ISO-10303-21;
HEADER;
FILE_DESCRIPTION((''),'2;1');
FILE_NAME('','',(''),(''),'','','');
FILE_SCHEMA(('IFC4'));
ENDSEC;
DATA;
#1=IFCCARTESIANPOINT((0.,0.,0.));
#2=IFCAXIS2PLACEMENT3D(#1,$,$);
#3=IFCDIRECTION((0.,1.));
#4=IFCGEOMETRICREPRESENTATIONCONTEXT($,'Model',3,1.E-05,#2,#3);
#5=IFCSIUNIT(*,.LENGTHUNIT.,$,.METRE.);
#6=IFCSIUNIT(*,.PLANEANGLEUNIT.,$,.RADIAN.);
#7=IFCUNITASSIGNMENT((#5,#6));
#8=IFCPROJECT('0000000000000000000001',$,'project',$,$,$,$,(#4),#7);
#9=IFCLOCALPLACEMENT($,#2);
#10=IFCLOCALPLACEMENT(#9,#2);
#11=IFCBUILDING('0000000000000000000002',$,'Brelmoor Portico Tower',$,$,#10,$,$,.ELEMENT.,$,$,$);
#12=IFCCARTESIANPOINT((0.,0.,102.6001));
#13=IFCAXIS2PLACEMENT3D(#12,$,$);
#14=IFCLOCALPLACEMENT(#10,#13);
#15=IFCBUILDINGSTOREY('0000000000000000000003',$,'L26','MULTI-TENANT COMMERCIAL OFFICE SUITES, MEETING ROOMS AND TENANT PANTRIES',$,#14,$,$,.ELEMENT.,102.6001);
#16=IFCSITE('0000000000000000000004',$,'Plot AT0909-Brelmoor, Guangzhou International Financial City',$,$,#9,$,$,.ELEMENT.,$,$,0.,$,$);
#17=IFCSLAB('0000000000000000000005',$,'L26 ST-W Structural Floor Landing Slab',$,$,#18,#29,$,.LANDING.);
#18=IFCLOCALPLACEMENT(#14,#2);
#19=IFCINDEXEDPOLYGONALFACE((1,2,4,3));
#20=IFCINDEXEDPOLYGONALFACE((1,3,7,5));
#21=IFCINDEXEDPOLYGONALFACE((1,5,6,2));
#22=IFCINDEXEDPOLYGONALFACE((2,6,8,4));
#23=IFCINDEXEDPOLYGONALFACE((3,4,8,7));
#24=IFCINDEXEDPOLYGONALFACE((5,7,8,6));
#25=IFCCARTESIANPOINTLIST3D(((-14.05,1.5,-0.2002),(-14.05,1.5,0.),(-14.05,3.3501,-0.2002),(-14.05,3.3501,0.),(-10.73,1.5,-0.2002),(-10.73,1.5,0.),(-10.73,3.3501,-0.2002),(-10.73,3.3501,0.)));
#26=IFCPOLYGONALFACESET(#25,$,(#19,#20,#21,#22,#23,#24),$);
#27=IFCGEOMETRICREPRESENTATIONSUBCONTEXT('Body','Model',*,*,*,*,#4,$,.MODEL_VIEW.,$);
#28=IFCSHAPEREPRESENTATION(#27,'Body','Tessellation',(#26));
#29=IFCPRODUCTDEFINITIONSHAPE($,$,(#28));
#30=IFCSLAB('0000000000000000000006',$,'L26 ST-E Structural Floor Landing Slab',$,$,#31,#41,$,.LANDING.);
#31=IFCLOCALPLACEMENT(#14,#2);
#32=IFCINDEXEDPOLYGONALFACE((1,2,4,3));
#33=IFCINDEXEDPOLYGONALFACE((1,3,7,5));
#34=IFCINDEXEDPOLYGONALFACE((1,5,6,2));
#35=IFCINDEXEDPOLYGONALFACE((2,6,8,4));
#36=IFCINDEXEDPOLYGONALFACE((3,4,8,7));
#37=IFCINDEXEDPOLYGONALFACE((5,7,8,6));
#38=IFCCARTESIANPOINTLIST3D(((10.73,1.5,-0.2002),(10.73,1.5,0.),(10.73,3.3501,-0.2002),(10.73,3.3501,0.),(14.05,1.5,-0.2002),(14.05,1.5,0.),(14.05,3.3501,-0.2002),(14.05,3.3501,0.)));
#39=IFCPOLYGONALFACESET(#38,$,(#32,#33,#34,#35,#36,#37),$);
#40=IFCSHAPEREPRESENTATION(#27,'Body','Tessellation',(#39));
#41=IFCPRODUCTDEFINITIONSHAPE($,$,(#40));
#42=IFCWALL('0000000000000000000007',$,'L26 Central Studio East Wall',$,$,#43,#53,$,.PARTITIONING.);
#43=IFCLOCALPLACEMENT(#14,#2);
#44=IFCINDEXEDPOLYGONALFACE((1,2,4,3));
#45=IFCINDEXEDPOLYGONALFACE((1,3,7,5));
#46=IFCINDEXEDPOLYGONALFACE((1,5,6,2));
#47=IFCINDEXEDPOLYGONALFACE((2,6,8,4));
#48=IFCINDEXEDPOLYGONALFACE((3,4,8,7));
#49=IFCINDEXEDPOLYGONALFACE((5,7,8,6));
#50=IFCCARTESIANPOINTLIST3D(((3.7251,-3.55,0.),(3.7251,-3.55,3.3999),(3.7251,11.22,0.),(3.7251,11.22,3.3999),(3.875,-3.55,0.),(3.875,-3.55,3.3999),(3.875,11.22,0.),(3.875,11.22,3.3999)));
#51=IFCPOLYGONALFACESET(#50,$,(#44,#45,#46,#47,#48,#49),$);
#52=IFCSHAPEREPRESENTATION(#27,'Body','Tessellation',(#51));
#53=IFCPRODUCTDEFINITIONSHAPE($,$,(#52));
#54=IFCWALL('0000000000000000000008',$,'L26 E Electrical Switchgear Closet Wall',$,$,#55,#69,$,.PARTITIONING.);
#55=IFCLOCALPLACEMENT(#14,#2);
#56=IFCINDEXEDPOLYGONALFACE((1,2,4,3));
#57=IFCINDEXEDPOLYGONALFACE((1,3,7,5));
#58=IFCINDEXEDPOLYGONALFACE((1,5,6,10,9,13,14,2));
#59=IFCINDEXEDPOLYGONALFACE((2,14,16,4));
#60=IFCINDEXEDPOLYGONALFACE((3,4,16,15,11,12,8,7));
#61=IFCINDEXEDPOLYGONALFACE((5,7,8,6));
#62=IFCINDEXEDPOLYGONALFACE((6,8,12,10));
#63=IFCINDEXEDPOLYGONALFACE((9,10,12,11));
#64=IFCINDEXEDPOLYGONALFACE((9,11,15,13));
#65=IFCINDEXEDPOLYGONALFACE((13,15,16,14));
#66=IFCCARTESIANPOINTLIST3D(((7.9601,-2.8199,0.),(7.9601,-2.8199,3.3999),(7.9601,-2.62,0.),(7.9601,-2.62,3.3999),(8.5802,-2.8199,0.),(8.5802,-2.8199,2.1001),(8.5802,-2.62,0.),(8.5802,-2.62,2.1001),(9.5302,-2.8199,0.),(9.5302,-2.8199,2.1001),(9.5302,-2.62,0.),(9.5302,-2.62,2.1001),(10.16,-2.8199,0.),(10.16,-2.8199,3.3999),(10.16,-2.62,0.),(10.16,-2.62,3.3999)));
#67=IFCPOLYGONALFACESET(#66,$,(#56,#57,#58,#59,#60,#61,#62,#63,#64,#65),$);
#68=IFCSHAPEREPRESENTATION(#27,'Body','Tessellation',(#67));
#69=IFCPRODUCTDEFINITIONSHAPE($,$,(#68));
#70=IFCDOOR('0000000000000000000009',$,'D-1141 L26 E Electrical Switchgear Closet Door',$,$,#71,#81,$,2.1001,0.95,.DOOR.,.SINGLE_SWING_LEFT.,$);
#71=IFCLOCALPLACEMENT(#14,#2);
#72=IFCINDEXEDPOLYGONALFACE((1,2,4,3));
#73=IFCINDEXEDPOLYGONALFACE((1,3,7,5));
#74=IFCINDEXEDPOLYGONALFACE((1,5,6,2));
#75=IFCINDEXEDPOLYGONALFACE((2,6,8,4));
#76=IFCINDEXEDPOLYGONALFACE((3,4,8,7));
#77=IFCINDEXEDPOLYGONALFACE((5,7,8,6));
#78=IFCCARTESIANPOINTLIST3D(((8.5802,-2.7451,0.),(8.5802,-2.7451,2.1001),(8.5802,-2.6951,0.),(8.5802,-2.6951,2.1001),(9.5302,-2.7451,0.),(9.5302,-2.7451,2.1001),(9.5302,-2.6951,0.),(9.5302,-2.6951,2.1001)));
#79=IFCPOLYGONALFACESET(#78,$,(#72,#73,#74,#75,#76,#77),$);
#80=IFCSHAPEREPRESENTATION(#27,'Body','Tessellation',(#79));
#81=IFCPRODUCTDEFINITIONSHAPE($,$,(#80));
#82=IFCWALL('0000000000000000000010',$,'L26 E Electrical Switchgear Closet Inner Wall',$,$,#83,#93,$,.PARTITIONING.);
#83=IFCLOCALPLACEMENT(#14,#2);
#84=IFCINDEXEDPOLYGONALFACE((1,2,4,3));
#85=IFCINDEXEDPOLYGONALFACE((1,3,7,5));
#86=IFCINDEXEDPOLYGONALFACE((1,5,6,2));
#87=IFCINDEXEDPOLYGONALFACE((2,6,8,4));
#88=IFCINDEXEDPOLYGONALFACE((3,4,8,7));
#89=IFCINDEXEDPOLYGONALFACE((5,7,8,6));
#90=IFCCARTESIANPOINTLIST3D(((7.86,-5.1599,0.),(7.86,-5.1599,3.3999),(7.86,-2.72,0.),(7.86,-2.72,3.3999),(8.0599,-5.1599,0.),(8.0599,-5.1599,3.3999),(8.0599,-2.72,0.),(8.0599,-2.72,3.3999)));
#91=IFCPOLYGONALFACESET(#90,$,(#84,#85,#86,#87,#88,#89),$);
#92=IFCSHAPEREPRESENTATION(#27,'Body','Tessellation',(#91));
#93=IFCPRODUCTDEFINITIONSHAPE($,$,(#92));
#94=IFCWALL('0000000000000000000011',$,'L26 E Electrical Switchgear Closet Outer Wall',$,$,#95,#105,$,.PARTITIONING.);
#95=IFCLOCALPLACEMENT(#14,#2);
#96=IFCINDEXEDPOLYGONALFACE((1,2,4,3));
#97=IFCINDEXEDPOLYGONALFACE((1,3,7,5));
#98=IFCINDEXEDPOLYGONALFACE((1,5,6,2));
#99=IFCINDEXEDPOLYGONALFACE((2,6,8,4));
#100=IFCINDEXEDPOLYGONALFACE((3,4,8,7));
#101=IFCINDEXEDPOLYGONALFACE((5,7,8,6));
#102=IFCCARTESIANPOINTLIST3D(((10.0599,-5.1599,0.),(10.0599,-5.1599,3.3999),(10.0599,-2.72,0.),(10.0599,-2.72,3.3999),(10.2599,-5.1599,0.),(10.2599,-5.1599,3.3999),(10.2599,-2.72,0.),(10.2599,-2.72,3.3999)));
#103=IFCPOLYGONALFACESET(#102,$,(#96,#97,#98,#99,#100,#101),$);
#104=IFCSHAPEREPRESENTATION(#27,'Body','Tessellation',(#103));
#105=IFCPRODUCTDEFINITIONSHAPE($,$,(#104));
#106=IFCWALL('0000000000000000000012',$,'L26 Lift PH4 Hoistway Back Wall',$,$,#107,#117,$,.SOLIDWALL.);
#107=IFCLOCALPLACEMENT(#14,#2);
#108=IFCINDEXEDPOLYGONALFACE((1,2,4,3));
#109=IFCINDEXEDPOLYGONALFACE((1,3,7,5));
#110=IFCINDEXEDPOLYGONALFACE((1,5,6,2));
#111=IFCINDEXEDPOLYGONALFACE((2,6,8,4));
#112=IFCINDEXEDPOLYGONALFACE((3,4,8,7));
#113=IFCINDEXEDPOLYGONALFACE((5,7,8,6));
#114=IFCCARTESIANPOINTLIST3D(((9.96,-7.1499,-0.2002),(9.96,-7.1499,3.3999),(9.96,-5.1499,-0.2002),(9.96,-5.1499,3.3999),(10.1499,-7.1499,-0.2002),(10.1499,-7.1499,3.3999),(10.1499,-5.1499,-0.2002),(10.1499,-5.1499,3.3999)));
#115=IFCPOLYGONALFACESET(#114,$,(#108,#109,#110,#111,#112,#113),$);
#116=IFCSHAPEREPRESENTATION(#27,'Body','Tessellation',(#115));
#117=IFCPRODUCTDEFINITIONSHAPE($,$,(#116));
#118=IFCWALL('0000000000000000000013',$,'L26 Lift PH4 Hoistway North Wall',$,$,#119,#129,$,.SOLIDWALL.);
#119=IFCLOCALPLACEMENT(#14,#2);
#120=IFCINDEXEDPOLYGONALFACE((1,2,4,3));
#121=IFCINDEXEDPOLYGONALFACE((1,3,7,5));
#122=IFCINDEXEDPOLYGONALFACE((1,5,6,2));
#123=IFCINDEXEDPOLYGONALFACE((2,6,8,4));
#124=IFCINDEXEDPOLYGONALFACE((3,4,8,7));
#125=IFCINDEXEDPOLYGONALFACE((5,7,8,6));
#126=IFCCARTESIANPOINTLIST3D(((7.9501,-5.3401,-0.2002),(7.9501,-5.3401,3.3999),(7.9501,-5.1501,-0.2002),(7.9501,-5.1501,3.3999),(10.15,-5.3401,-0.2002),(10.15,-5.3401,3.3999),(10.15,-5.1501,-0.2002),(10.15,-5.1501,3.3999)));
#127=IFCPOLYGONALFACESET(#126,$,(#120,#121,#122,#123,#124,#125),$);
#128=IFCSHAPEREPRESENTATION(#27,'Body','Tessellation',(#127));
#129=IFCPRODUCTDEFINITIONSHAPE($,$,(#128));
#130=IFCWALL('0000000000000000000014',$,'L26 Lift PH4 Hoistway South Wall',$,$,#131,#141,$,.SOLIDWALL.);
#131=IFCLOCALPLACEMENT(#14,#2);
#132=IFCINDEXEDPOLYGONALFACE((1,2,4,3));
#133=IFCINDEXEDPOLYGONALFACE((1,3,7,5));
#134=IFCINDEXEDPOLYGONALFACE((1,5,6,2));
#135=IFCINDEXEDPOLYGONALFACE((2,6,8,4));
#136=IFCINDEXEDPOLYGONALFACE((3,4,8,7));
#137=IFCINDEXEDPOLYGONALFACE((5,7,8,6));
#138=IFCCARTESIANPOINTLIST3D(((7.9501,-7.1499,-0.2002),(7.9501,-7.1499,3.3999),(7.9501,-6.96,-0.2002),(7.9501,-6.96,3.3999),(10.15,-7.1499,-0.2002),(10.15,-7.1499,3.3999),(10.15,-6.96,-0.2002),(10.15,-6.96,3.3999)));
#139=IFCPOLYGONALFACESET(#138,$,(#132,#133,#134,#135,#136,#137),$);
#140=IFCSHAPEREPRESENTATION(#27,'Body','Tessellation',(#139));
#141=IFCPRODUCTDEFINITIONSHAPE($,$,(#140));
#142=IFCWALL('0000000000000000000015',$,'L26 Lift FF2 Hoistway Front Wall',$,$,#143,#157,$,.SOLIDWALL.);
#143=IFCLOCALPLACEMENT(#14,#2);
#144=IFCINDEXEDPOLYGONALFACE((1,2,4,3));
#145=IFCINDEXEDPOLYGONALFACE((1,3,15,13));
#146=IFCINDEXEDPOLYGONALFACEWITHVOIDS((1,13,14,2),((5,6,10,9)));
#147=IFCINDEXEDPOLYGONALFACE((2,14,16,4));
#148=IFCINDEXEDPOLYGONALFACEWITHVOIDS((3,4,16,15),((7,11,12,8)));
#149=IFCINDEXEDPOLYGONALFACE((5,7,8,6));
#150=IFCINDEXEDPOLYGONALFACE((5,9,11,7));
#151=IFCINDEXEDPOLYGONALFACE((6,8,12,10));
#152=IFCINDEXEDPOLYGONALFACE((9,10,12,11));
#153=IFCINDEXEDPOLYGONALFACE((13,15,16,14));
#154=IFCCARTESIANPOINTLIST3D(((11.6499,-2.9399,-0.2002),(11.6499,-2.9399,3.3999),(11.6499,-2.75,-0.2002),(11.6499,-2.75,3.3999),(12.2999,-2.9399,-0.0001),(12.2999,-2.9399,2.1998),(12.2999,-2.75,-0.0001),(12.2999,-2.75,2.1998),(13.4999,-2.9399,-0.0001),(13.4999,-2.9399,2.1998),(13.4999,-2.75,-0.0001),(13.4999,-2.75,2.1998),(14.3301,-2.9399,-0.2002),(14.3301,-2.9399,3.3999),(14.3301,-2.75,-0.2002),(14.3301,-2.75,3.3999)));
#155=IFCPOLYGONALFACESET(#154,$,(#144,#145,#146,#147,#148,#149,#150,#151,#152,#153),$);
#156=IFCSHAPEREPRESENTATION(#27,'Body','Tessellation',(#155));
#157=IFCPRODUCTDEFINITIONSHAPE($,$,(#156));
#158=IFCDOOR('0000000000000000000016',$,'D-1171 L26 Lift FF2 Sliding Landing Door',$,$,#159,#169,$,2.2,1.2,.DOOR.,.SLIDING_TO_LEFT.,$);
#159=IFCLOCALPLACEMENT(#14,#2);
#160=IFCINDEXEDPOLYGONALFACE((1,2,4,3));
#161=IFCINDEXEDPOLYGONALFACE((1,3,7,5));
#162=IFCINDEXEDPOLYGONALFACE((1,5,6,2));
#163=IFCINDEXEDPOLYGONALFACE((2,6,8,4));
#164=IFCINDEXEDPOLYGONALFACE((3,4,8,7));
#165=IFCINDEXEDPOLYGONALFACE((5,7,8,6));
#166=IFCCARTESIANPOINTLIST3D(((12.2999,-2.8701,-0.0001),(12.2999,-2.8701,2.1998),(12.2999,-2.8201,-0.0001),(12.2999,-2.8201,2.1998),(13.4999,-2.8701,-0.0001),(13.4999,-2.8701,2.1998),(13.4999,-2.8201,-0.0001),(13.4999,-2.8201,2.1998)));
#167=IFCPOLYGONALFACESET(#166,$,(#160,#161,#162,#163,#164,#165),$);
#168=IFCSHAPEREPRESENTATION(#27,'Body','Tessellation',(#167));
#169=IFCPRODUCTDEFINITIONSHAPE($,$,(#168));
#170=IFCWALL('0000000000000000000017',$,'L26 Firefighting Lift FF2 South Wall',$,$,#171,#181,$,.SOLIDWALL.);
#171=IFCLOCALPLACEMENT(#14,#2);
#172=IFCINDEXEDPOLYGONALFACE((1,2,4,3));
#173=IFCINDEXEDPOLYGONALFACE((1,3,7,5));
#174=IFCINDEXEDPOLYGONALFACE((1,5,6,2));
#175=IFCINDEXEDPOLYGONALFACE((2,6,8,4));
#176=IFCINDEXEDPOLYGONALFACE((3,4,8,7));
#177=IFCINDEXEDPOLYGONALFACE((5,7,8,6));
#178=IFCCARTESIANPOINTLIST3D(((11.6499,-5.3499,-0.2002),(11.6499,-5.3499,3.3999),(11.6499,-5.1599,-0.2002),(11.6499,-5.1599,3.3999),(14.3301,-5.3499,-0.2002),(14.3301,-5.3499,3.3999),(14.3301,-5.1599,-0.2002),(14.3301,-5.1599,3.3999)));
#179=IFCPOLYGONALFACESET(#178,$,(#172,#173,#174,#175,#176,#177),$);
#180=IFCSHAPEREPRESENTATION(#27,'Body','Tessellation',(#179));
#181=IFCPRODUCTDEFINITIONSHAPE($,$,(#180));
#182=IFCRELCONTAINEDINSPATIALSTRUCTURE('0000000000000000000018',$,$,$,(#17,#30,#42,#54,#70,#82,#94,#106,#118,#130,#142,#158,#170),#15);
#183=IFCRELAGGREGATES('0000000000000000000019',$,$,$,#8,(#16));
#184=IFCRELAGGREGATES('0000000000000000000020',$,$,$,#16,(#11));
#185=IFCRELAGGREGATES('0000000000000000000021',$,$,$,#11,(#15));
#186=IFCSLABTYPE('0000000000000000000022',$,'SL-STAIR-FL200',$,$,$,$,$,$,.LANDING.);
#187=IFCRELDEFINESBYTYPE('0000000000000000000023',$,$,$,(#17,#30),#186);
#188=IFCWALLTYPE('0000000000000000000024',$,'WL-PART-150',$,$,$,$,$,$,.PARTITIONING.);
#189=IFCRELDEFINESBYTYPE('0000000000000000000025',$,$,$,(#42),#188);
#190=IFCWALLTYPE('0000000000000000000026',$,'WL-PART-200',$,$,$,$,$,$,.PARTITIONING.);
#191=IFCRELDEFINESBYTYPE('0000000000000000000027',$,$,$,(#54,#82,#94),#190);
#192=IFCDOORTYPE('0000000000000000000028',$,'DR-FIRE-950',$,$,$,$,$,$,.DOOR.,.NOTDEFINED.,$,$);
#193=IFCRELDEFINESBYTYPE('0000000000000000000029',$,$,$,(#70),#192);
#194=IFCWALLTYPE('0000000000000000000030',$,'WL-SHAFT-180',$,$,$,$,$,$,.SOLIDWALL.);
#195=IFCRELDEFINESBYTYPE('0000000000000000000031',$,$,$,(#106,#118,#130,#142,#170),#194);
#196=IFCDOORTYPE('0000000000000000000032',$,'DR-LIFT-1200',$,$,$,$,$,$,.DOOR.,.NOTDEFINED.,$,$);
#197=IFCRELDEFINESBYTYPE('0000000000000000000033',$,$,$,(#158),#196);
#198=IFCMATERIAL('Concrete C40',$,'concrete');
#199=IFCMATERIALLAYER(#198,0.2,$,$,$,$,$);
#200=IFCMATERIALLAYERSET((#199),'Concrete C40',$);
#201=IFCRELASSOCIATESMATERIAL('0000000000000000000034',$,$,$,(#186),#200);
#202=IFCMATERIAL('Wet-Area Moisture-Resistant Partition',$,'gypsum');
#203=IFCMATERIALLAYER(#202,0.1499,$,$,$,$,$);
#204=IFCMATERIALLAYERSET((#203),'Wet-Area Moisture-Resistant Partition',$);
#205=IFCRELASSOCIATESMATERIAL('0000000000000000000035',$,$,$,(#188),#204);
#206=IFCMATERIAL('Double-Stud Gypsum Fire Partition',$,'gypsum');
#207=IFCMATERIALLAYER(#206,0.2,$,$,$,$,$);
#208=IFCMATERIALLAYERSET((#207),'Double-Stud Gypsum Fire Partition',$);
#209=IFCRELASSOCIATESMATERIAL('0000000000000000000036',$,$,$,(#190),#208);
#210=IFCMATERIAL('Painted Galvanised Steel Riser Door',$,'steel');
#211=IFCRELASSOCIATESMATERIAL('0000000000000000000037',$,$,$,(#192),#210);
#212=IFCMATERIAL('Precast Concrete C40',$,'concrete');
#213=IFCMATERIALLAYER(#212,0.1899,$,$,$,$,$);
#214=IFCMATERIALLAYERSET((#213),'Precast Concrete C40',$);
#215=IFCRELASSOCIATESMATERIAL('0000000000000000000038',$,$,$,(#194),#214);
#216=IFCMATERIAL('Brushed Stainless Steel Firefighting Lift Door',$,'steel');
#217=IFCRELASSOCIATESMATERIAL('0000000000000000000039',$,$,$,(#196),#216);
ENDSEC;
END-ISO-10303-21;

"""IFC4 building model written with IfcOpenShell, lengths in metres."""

from ifc_helpers import new_model, si_unit, direction, frame, frame_2d, origin, place, context, subcontext, project, spatial, polyline, rectangle, outline, extrude, material, layer, layer_set, type_object, element, fill, save


model = new_model("IFC4")

# Units and contexts
model_context = context("Model", 3, precision=1e-05, world=origin(), true_north=direction((0.0, 1.0)))
body_context = subcontext(model_context, "Body", "Model", "MODEL_VIEW")
ifc_project = project(units=[si_unit("LENGTHUNIT", "METRE"), si_unit("PLANEANGLEUNIT", "RADIAN")], contexts=[model_context])

# Site, building, storey
site_placement = place(None, origin())
site = spatial("IfcSite", under=ifc_project, at=site_placement, Name="Plot AT0909-Brelmoor, Guangzhou International Financial City", CompositionType="ELEMENT", RefElevation=0.0)
building_placement = place(site_placement, origin())
building = spatial("IfcBuilding", under=site, at=building_placement, Name="Brelmoor Portico Tower", CompositionType="ELEMENT")
storey_placement = place(building_placement, frame((0.0, 0.0, 102.6001)))
storey = spatial("IfcBuildingStorey", under=building, at=storey_placement, Name="L26", Description="MULTI-TENANT COMMERCIAL OFFICE SUITES, MEETING ROOMS AND TENANT PANTRIES", CompositionType="ELEMENT", Elevation=102.6001)

# Shared definitions
ifc_material_1 = material(Name="Concrete C40", Category="concrete")

# Slabs
ifc_layer_1 = layer(ifc_material_1, 0.2)
ifc_layer_set_1 = layer_set([ifc_layer_1], Name="Concrete C40")
slab_type_1 = type_object("IfcSlabType", Name="SL-STAIR-FL200", PredefinedType="LANDING", material=ifc_layer_set_1)
slab_1_placement = place(storey_placement, frame((0.0, 0.0, -0.2002)))
element("IfcSlab", 1, at=slab_1_placement, inside=storey, type_object=slab_type_1, Name="L26 ST-W Structural Floor Landing Slab", PredefinedType="LANDING", context=body_context, shape_type="SweptSolid", body=[
    extrude(outline(polyline([(-10.73, 1.5), (-10.73, 3.3501), (-14.05, 3.3501), (-14.05, 1.5), (-10.73, 1.5)])), origin(), (0.0, 0.0, 1.0), 0.2002),
])
slab_2_placement = place(storey_placement, frame((0.0, 0.0, -0.2002)))
element("IfcSlab", 2, at=slab_2_placement, inside=storey, type_object=slab_type_1, Name="L26 ST-E Structural Floor Landing Slab", PredefinedType="LANDING", context=body_context, shape_type="SweptSolid", body=[
    extrude(outline(polyline([(14.05, 1.5), (14.05, 3.3501), (10.73, 3.3501), (10.73, 1.5), (14.05, 1.5)])), origin(), (0.0, 0.0, 1.0), 0.2002),
])

# Wall
ifc_material_2 = material(Name="Wet-Area Moisture-Resistant Partition", Category="gypsum")
ifc_layer_2 = layer(ifc_material_2, 0.1499)
ifc_layer_set_2 = layer_set([ifc_layer_2], Name="Wet-Area Moisture-Resistant Partition")
wall_type_1 = type_object("IfcWallType", Name="WL-PART-150", PredefinedType="PARTITIONING", material=ifc_layer_set_2)
wall_1_placement = place(storey_placement, frame((3.8, -3.55, 0.0), z_axis=(0.0, 0.0, 1.0), x_axis=(0.0, 1.0, 0.0)))
element("IfcWall", 3, at=wall_1_placement, inside=storey, type_object=wall_type_1, Name="L26 Central Studio East Wall", PredefinedType="PARTITIONING", context=body_context, shape_type="SweptSolid", body=[
    extrude(rectangle(XDim=14.77, YDim=0.1499, at=frame_2d((7.385, 0.0))), origin(), (0.0, 0.0, 1.0), 3.3999),
])

# Wall, opening, door
ifc_material_3 = material(Name="Double-Stud Gypsum Fire Partition", Category="gypsum")
ifc_layer_3 = layer(ifc_material_3, 0.2)
ifc_layer_set_3 = layer_set([ifc_layer_3], Name="Double-Stud Gypsum Fire Partition")
wall_type_2 = type_object("IfcWallType", Name="WL-PART-200", PredefinedType="PARTITIONING", material=ifc_layer_set_3)
wall_2_placement = place(storey_placement, frame((7.96, -2.72, 0.0), z_axis=(0.0, 0.0, 1.0), x_axis=(1.0, 0.0, 0.0)))
wall_2 = element("IfcWall", 4, at=wall_2_placement, inside=storey, type_object=wall_type_2, Name="L26 E Electrical Switchgear Closet Wall", PredefinedType="PARTITIONING", context=body_context, shape_type="SweptSolid", body=[
    extrude(rectangle(XDim=2.2, YDim=0.2, at=frame_2d((1.1001, 0.0))), origin(), (0.0, 0.0, 1.0), 3.3999),
])
opening_1_placement = place(wall_2_placement, frame((0.6201, 0.0, 0.0)))
opening_1 = element("IfcOpeningElement", 5, at=opening_1_placement, cuts=wall_2, PredefinedType="OPENING", context=body_context, shape_type="SweptSolid", body=[
    extrude(rectangle(XDim=0.95, YDim=2.1001, at=frame_2d((0.4751, 1.05))), frame((0.0, 0.1099, 0.0), z_axis=(0.0, -1.0, 0.0), x_axis=(1.0, 0.0, 0.0)), (0.0, 0.0, 1.0), 0.22),
])
ifc_material_4 = material(Name="Painted Galvanised Steel Riser Door", Category="steel")
door_type_1 = type_object("IfcDoorType", Name="DR-FIRE-950", OperationType="NOTDEFINED", PredefinedType="DOOR", material=ifc_material_4)
door_1_placement = place(opening_1_placement, origin())
door_1 = element("IfcDoor", 6, at=door_1_placement, inside=storey, type_object=door_type_1, Name="D-1141 L26 E Electrical Switchgear Closet Door", OperationType="SINGLE_SWING_LEFT", OverallHeight=2.1001, OverallWidth=0.95, PredefinedType="DOOR", context=body_context, shape_type="SweptSolid", body=[
    extrude(rectangle(XDim=0.95, YDim=2.1001, at=frame_2d((0.4751, 1.05))), frame((0.0, 0.0249, 0.0), z_axis=(0.0, -1.0, 0.0), x_axis=(1.0, 0.0, 0.0)), (0.0, 0.0, 1.0), 0.05),
])
fill(opening_1, door_1)

# Walls
for number, where, z_axis, x_axis, name in (
    (7, (7.96, -5.1599, 0.0), (0.0, 0.0, 1.0), (0.0, 1.0, 0.0), "L26 E Electrical Switchgear Closet Inner Wall"),
    (8, (10.1599, -5.1599, 0.0), (0.0, 0.0, 1.0), (0.0, 1.0, 0.0), "L26 E Electrical Switchgear Closet Outer Wall"),
):
    element("IfcWall", number, at=place(storey_placement, frame(where, z_axis=z_axis, x_axis=x_axis)), inside=storey, type_object=wall_type_2, Name=name, PredefinedType="PARTITIONING", context=body_context, shape_type="SweptSolid", body=[
        extrude(rectangle(XDim=2.4399, YDim=0.2, at=frame_2d((1.22, 0.0))), origin(), (0.0, 0.0, 1.0), 3.3999),
    ])
ifc_material_5 = material(Name="Precast Concrete C40", Category="concrete")
ifc_layer_4 = layer(ifc_material_5, 0.1899)
ifc_layer_set_4 = layer_set([ifc_layer_4], Name="Precast Concrete C40")
wall_type_3 = type_object("IfcWallType", Name="WL-SHAFT-180", PredefinedType="SOLIDWALL", material=ifc_layer_set_4)
wall_3_placement = place(storey_placement, frame((10.0549, -7.1499, -0.2002), z_axis=(0.0, 0.0, 1.0), x_axis=(0.0, 1.0, 0.0)))
element("IfcWall", 9, at=wall_3_placement, inside=storey, type_object=wall_type_3, Name="L26 Lift PH4 Hoistway Back Wall", PredefinedType="SOLIDWALL", context=body_context, shape_type="SweptSolid", body=[
    extrude(rectangle(XDim=2.0, YDim=0.1899, at=frame_2d((1.0, 0.0))), origin(), (0.0, 0.0, 1.0), 3.6001),
])
for number, where, z_axis, x_axis, name in (
    (10, (7.95, -5.2451, -0.2002), (0.0, 0.0, 1.0), (1.0, 0.0, 0.0), "L26 Lift PH4 Hoistway North Wall"),
    (11, (7.95, -7.0549, -0.2002), (0.0, 0.0, 1.0), (1.0, 0.0, 0.0), "L26 Lift PH4 Hoistway South Wall"),
):
    element("IfcWall", number, at=place(storey_placement, frame(where, z_axis=z_axis, x_axis=x_axis)), inside=storey, type_object=wall_type_3, Name=name, PredefinedType="SOLIDWALL", context=body_context, shape_type="SweptSolid", body=[
        extrude(rectangle(XDim=2.2, YDim=0.1899, at=frame_2d((1.1001, 0.0))), origin(), (0.0, 0.0, 1.0), 3.6001),
    ])

# Wall, opening, door
wall_4_placement = place(storey_placement, frame((11.6499, -2.845, -0.2002), z_axis=(0.0, 0.0, 1.0), x_axis=(1.0, 0.0, 0.0)))
wall_4 = element("IfcWall", 12, at=wall_4_placement, inside=storey, type_object=wall_type_3, Name="L26 Lift FF2 Hoistway Front Wall", PredefinedType="SOLIDWALL", context=body_context, shape_type="SweptSolid", body=[
    extrude(rectangle(XDim=2.6802, YDim=0.1899, at=frame_2d((1.3401, 0.0))), origin(), (0.0, 0.0, 1.0), 3.6001),
])
opening_2_placement = place(wall_4_placement, frame((0.6499, 0.0, 0.2)))
opening_2 = element("IfcOpeningElement", 13, at=opening_2_placement, cuts=wall_4, PredefinedType="OPENING", context=body_context, shape_type="SweptSolid", body=[
    extrude(rectangle(XDim=1.2, YDim=2.2, at=frame_2d((0.6001, 1.1001))), frame((0.0, 0.105, 0.0), z_axis=(0.0, -1.0, 0.0), x_axis=(1.0, 0.0, 0.0)), (0.0, 0.0, 1.0), 0.21),
])
ifc_material_6 = material(Name="Brushed Stainless Steel Firefighting Lift Door", Category="steel")
door_type_2 = type_object("IfcDoorType", Name="DR-LIFT-1200", OperationType="NOTDEFINED", PredefinedType="DOOR", material=ifc_material_6)
door_2_placement = place(opening_2_placement, origin())
door_2 = element("IfcDoor", 14, at=door_2_placement, inside=storey, type_object=door_type_2, Name="D-1171 L26 Lift FF2 Sliding Landing Door", OperationType="SLIDING_TO_LEFT", OverallHeight=2.2, OverallWidth=1.2, PredefinedType="DOOR", context=body_context, shape_type="SweptSolid", body=[
    extrude(rectangle(XDim=1.2, YDim=2.2, at=frame_2d((0.6001, 1.1001))), frame((0.0, 0.0249, 0.0), z_axis=(0.0, -1.0, 0.0), x_axis=(1.0, 0.0, 0.0)), (0.0, 0.0, 1.0), 0.05),
])
fill(opening_2, door_2)

# Wall
wall_5_placement = place(storey_placement, frame((11.6499, -5.2549, -0.2002), z_axis=(0.0, 0.0, 1.0), x_axis=(1.0, 0.0, 0.0)))
element("IfcWall", 15, at=wall_5_placement, inside=storey, type_object=wall_type_3, Name="L26 Firefighting Lift FF2 South Wall", PredefinedType="SOLIDWALL", context=body_context, shape_type="SweptSolid", body=[
    extrude(rectangle(XDim=2.6802, YDim=0.1899, at=frame_2d((1.3401, 0.0))), origin(), (0.0, 0.0, 1.0), 3.6001),
])

save(model, "model.ifc")
